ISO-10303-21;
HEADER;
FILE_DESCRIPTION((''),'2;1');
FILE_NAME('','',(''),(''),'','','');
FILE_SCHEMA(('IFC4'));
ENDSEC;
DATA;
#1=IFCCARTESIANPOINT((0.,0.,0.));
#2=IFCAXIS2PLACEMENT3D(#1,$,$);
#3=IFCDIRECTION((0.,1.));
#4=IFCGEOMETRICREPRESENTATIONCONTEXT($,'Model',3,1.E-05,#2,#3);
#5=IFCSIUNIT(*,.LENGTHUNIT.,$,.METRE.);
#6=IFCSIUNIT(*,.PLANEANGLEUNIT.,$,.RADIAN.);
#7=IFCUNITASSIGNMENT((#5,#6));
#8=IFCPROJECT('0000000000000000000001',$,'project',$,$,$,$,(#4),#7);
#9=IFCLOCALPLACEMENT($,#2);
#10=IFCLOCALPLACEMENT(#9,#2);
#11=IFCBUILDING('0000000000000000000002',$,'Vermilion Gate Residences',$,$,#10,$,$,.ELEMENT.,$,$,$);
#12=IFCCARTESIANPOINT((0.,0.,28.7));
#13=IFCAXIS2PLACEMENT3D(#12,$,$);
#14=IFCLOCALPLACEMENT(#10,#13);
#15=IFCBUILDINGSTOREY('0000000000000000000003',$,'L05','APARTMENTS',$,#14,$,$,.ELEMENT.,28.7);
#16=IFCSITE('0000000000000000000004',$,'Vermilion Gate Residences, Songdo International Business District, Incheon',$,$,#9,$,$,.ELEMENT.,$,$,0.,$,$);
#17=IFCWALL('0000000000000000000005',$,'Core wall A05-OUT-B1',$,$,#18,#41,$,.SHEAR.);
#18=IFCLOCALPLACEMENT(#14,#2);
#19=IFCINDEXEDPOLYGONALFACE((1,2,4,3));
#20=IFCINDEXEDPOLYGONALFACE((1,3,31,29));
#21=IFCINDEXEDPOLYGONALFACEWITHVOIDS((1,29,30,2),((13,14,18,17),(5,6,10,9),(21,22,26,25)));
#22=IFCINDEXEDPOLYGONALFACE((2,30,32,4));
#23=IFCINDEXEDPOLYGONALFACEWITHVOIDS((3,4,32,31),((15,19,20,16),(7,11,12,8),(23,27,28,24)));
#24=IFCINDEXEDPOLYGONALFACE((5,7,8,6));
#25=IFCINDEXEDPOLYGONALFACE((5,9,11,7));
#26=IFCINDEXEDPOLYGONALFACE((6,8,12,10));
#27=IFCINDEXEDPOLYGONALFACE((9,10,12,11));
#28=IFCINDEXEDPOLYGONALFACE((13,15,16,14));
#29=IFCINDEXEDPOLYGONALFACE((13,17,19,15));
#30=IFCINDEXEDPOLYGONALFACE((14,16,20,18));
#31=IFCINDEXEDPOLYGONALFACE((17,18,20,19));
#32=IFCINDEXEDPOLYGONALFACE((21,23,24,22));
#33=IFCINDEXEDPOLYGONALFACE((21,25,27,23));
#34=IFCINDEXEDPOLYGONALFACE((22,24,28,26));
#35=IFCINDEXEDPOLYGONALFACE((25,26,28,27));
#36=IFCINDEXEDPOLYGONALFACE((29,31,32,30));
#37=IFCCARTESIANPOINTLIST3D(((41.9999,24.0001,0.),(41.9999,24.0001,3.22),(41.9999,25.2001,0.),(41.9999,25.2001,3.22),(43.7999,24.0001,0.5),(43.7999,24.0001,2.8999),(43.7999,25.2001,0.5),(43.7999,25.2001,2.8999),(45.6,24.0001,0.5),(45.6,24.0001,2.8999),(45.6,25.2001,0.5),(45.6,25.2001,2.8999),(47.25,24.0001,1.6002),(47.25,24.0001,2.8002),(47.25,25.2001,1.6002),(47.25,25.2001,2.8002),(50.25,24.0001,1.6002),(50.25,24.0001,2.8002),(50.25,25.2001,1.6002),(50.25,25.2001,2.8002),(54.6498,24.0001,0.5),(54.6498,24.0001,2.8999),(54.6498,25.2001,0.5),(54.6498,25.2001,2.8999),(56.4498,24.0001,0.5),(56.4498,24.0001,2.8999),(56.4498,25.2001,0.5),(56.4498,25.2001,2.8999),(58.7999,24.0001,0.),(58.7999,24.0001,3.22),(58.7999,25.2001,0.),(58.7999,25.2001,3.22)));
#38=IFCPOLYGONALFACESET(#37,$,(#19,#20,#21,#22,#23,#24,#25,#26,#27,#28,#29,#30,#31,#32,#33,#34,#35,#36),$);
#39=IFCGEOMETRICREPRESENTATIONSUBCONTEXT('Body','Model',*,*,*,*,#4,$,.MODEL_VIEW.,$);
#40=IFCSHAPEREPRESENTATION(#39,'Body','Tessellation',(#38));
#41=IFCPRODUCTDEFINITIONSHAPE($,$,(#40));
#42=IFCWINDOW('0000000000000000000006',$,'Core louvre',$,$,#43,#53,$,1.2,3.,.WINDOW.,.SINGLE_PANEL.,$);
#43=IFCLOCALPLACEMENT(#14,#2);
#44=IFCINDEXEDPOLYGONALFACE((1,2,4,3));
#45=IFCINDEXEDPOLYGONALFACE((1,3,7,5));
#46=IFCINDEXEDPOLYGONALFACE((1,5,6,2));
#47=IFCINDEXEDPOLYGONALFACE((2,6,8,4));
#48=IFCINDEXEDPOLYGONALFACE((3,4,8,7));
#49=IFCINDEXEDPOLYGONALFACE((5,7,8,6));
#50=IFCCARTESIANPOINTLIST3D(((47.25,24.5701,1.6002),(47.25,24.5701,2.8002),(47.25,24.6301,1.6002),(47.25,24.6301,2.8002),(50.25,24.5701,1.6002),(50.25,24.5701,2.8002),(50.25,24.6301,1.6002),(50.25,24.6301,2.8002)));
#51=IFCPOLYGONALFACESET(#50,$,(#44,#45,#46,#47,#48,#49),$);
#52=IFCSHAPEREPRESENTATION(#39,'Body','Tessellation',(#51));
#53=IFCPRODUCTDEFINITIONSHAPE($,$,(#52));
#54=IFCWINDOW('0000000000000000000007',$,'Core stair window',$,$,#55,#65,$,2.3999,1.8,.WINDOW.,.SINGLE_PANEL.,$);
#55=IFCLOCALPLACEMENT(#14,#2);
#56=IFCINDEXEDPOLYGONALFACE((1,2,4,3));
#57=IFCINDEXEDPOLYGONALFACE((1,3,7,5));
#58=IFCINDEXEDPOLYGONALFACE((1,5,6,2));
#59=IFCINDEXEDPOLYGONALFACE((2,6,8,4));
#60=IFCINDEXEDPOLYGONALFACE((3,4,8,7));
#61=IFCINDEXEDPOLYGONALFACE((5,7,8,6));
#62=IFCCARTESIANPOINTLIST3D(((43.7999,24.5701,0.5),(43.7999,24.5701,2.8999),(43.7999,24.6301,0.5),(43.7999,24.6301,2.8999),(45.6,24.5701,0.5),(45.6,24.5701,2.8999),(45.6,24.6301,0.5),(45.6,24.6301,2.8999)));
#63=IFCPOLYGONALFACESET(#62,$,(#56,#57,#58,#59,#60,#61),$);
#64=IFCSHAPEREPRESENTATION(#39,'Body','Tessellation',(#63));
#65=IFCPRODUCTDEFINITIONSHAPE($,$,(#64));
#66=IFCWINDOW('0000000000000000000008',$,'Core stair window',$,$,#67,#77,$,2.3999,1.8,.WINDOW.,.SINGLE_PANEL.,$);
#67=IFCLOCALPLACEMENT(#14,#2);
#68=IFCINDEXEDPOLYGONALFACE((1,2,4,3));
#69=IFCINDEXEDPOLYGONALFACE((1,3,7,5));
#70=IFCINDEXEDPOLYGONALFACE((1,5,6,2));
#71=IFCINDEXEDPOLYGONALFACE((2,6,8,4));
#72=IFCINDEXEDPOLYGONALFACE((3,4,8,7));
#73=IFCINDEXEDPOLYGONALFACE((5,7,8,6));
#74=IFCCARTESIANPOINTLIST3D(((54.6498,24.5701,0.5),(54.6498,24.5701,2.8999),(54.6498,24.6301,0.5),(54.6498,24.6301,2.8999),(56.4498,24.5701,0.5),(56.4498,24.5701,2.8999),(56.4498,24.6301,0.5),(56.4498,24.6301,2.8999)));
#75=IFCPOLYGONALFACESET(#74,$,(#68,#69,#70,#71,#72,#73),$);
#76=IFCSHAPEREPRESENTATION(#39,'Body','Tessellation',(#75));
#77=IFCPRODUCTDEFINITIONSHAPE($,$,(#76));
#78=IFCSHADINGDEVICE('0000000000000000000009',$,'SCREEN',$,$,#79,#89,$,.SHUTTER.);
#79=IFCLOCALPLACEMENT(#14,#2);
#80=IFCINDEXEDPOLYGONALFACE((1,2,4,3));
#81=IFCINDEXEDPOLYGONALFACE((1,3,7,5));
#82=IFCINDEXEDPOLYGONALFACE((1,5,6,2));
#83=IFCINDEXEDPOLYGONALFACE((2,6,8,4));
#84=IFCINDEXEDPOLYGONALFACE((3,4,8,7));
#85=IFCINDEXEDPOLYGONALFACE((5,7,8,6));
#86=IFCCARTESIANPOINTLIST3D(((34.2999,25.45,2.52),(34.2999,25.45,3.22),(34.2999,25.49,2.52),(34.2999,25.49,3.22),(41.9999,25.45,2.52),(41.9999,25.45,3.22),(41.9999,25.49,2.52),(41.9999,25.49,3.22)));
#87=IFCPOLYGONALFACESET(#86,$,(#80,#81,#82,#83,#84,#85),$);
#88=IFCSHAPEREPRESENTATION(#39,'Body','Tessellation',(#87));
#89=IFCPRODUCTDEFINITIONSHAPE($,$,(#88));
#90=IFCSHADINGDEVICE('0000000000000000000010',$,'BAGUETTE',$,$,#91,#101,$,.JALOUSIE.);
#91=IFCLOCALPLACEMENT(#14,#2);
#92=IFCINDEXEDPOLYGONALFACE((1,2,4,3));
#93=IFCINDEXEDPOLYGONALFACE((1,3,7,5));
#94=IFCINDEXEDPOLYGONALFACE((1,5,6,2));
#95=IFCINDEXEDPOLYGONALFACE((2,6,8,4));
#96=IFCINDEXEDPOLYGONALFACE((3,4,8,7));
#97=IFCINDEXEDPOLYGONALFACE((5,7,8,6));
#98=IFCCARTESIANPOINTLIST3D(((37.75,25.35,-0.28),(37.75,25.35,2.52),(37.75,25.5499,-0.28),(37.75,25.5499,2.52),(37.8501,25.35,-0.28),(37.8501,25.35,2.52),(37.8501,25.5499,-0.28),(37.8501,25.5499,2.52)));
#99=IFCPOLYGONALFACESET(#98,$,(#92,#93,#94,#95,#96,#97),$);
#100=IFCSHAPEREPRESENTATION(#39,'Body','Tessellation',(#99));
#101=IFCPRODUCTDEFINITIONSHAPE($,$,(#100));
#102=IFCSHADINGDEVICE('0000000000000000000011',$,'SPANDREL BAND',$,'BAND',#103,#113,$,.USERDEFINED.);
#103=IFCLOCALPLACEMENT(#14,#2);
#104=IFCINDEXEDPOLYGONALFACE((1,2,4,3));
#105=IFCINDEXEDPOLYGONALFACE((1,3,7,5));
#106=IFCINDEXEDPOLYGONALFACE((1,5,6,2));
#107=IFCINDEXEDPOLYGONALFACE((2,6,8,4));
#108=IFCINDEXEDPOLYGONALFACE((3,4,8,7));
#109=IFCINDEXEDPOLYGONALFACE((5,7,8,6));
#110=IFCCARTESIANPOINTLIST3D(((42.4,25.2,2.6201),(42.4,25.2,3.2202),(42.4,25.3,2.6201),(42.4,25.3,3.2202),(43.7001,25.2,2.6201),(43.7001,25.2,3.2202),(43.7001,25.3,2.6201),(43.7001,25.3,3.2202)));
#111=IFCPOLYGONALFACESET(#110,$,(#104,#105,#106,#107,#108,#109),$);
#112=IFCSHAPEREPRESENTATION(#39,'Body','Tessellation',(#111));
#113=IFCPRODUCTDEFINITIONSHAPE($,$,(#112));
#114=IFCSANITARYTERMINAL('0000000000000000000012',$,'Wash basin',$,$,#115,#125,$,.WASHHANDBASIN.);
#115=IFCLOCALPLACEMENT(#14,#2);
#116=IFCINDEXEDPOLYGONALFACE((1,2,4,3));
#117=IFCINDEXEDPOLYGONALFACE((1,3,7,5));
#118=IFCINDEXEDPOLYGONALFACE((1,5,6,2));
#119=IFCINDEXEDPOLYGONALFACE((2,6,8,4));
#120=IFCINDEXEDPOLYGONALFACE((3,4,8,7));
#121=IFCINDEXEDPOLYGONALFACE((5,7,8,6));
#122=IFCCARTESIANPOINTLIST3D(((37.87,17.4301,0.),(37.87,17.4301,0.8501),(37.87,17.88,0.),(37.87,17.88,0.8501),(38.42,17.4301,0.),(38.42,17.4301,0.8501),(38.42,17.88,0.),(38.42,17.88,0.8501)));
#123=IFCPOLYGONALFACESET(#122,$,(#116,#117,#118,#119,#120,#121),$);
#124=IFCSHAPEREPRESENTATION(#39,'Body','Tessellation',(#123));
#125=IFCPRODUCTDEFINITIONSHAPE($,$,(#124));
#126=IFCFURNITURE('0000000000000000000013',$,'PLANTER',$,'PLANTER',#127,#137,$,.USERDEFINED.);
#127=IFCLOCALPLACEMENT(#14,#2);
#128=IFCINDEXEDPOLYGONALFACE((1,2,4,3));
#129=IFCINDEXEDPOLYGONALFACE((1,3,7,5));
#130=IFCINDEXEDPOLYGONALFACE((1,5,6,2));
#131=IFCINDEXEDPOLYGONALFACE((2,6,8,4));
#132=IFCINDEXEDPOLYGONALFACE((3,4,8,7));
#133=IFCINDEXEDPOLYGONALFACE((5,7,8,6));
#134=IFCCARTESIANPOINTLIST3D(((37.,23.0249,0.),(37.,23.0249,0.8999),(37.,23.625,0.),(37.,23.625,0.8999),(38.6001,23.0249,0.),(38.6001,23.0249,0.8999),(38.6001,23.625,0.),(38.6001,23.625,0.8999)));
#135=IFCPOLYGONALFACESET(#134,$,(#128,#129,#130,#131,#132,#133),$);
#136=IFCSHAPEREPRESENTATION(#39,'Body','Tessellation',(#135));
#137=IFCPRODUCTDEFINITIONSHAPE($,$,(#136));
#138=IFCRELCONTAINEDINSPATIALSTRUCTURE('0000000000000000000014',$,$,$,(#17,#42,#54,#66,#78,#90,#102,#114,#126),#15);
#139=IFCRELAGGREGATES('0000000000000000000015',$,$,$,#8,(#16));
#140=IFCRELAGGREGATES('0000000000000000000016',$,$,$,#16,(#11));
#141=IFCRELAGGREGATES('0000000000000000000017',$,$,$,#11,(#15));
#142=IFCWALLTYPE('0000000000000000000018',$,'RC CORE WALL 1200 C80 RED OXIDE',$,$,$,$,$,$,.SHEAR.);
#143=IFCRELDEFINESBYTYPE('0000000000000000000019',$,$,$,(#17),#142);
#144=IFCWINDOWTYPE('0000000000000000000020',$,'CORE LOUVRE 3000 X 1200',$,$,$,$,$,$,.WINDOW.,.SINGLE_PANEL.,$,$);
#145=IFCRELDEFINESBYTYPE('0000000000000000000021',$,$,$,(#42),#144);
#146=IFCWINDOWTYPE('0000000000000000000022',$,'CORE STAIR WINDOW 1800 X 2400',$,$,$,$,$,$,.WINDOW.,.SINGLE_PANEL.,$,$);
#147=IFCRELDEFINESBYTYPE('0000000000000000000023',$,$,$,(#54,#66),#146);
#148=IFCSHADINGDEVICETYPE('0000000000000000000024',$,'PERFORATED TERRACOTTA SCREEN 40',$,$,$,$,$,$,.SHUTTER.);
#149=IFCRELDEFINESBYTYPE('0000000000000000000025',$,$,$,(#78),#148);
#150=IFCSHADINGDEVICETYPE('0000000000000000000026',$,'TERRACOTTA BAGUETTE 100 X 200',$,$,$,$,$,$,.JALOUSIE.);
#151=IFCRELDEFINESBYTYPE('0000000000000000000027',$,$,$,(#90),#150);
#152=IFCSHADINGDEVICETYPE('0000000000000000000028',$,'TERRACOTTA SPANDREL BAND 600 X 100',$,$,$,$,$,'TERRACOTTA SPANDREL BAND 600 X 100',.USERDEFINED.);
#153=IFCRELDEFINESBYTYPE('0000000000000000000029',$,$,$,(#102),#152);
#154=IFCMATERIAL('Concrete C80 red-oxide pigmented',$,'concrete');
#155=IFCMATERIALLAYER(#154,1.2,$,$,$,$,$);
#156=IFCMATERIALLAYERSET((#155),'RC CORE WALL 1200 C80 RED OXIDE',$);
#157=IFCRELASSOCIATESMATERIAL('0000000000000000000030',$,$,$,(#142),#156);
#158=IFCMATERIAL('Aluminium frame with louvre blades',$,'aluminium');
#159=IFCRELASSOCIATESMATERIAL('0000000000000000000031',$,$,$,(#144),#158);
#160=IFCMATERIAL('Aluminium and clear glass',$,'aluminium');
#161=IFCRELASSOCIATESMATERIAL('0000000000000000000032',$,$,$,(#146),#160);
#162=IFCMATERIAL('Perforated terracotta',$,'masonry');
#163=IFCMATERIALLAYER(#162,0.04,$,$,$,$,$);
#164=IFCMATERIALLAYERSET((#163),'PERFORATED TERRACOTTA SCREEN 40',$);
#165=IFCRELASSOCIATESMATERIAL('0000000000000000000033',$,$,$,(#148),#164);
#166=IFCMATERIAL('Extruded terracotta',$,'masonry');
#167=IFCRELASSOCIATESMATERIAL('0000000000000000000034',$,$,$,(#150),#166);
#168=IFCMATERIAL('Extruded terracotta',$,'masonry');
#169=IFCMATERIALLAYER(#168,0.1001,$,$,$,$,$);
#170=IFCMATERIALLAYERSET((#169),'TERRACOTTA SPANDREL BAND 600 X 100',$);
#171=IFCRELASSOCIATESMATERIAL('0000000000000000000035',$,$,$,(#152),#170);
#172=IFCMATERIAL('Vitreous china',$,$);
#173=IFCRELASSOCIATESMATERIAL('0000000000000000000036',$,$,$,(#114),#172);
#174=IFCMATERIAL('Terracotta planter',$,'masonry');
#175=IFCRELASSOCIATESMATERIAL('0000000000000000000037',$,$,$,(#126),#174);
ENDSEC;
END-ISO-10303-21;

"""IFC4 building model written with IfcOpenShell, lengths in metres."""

from ifc_helpers import new_model, si_unit, direction, frame, frame_2d, origin, origin_2d, place, context, subcontext, project, spatial, rectangle, extrude, material, layer, layer_set, material_profile, profile_set, type_object, element, fill, save


model = new_model("IFC4")

# Units and contexts
model_context = context("Model", 3, precision=1e-05, world=origin(), true_north=direction((0.0, 1.0)))
body_context = subcontext(model_context, "Body", "Model", "MODEL_VIEW")
ifc_project = project(units=[si_unit("LENGTHUNIT", "METRE"), si_unit("PLANEANGLEUNIT", "RADIAN")], contexts=[model_context])

# Site, building, storey
site_placement = place(None, origin())
site = spatial("IfcSite", under=ifc_project, at=site_placement, Name="Vermilion Gate Residences, Songdo International Business District, Incheon", CompositionType="ELEMENT", RefElevation=0.0)
building_placement = place(site_placement, origin())
building = spatial("IfcBuilding", under=site, at=building_placement, Name="Vermilion Gate Residences", CompositionType="ELEMENT")
storey_placement = place(building_placement, frame((0.0, 0.0, 28.7)))
storey = spatial("IfcBuildingStorey", under=building, at=storey_placement, Name="L05", Description="APARTMENTS", CompositionType="ELEMENT", Elevation=28.7)

# Wall, openings, windows
ifc_material_1 = material(Name="Concrete C80 red-oxide pigmented", Category="concrete")
ifc_layer_1 = layer(ifc_material_1, 1.2)
ifc_layer_set_1 = layer_set([ifc_layer_1], Name="RC CORE WALL 1200 C80 RED OXIDE")
wall_type_1 = type_object("IfcWallType", Name="RC CORE WALL 1200 C80 RED OXIDE", PredefinedType="SHEAR", material=ifc_layer_set_1)
wall_1_placement = place(storey_placement, frame((42.0, 24.6001, 0.0), z_axis=(0.0, 0.0, 1.0), x_axis=(1.0, 0.0, 0.0)))
wall_1 = element("IfcWall", 1, at=wall_1_placement, inside=storey, type_object=wall_type_1, Name="Core wall A05-OUT-B1", PredefinedType="SHEAR", context=body_context, shape_type="SweptSolid", body=[
    extrude(rectangle(XDim=16.8, YDim=1.2, at=frame_2d((8.3999, 0.0))), origin(), (0.0, 0.0, 1.0), 3.22),
])
opening_1_placement = place(wall_1_placement, frame((1.8, 0.0, 0.5)))
opening_1 = element("IfcOpeningElement", 2, at=opening_1_placement, cuts=wall_1, PredefinedType="OPENING", context=body_context, shape_type="SweptSolid", body=[
    extrude(rectangle(XDim=1.8, YDim=2.3999, at=frame_2d((0.8999, 1.2))), frame((0.0, 0.6099, 0.0), z_axis=(0.0, -1.0, 0.0), x_axis=(1.0, 0.0, 0.0)), (0.0, 0.0, 1.0), 1.22),
])
opening_2_placement = place(wall_1_placement, frame((5.25, 0.0, 1.6001)))
opening_2 = element("IfcOpeningElement", 3, at=opening_2_placement, cuts=wall_1, PredefinedType="OPENING", context=body_context, shape_type="SweptSolid", body=[
    extrude(rectangle(XDim=3.0, YDim=1.2, at=frame_2d((1.5, 0.6001))), frame((0.0, 0.6099, 0.0), z_axis=(0.0, -1.0, 0.0), x_axis=(1.0, 0.0, 0.0)), (0.0, 0.0, 1.0), 1.22),
])
opening_3_placement = place(wall_1_placement, frame((12.6499, 0.0, 0.5)))
opening_3 = element("IfcOpeningElement", 4, at=opening_3_placement, cuts=wall_1, PredefinedType="OPENING", context=body_context, shape_type="SweptSolid", body=[
    extrude(rectangle(XDim=1.8, YDim=2.3999, at=frame_2d((0.8999, 1.2))), frame((0.0, 0.6099, 0.0), z_axis=(0.0, -1.0, 0.0), x_axis=(1.0, 0.0, 0.0)), (0.0, 0.0, 1.0), 1.22),
])
ifc_material_2 = material(Name="Aluminium frame with louvre blades", Category="aluminium")
window_type_1 = type_object("IfcWindowType", Name="CORE LOUVRE 3000 X 1200", PartitioningType="SINGLE_PANEL", PredefinedType="WINDOW", material=ifc_material_2)
window_1_placement = place(opening_2_placement, origin())
window_1 = element("IfcWindow", 5, at=window_1_placement, inside=storey, type_object=window_type_1, Name="Core louvre", OverallHeight=1.2, OverallWidth=3.0, PartitioningType="SINGLE_PANEL", PredefinedType="WINDOW", context=body_context, shape_type="SweptSolid", body=[
    extrude(rectangle(XDim=3.0, YDim=1.2, at=frame_2d((1.5, 0.6001))), frame((0.0, 0.03, 0.0), z_axis=(0.0, -1.0, 0.0), x_axis=(1.0, 0.0, 0.0)), (0.0, 0.0, 1.0), 0.0601),
])
fill(opening_2, window_1)
ifc_material_3 = material(Name="Aluminium and clear glass", Category="aluminium")
window_type_2 = type_object("IfcWindowType", Name="CORE STAIR WINDOW 1800 X 2400", PartitioningType="SINGLE_PANEL", PredefinedType="WINDOW", material=ifc_material_3)
window_2_placement = place(opening_1_placement, origin())
window_2 = element("IfcWindow", 6, at=window_2_placement, inside=storey, type_object=window_type_2, Name="Core stair window", OverallHeight=2.3999, OverallWidth=1.8, PartitioningType="SINGLE_PANEL", PredefinedType="WINDOW", context=body_context, shape_type="SweptSolid", body=[
    extrude(rectangle(XDim=1.8, YDim=2.3999, at=frame_2d((0.8999, 1.2))), frame((0.0, 0.03, 0.0), z_axis=(0.0, -1.0, 0.0), x_axis=(1.0, 0.0, 0.0)), (0.0, 0.0, 1.0), 0.0601),
])
fill(opening_1, window_2)
window_3_placement = place(opening_3_placement, origin())
window_3 = element("IfcWindow", 7, at=window_3_placement, inside=storey, type_object=window_type_2, Name="Core stair window", OverallHeight=2.3999, OverallWidth=1.8, PartitioningType="SINGLE_PANEL", PredefinedType="WINDOW", context=body_context, shape_type="SweptSolid", body=[
    extrude(rectangle(XDim=1.8, YDim=2.3999, at=frame_2d((0.8999, 1.2))), frame((0.0, 0.03, 0.0), z_axis=(0.0, -1.0, 0.0), x_axis=(1.0, 0.0, 0.0)), (0.0, 0.0, 1.0), 0.0601),
])
fill(opening_3, window_3)

# Shading devices
ifc_material_4 = material(Name="Perforated terracotta", Category="masonry")
ifc_layer_2 = layer(ifc_material_4, 0.04)
ifc_layer_set_2 = layer_set([ifc_layer_2], Name="PERFORATED TERRACOTTA SCREEN 40")
shading_device_type_1 = type_object("IfcShadingDeviceType", Name="PERFORATED TERRACOTTA SCREEN 40", PredefinedType="SHUTTER", material=ifc_layer_set_2)
shading_device_1_placement = place(storey_placement, frame((38.1499, 25.47, 2.52), z_axis=(0.0, 0.0, 1.0), x_axis=(-1.0, 0.0, 0.0)))
element("IfcShadingDevice", 8, at=shading_device_1_placement, inside=storey, type_object=shading_device_type_1, Name="SCREEN", PredefinedType="SHUTTER", context=body_context, shape_type="SweptSolid", body=[
    extrude(rectangle(XDim=7.7, YDim=0.04, at=origin_2d()), origin(), (0.0, 0.0, 1.0), 0.7),
])
ifc_material_5 = material(Name="Extruded terracotta", Category="masonry")
ifc_material_profile_1 = material_profile(ifc_material_5, rectangle(XDim=0.2, YDim=0.1001, at=origin_2d()), Name="BAGUETTE 100 X 200")
ifc_profile_set_1 = profile_set([ifc_material_profile_1], Name="Extruded terracotta")
shading_device_type_2 = type_object("IfcShadingDeviceType", Name="TERRACOTTA BAGUETTE 100 X 200", PredefinedType="JALOUSIE", material=ifc_profile_set_1)
shading_device_2_placement = place(storey_placement, frame((37.8, 25.45, -0.28), z_axis=(0.0, 0.0, 1.0), x_axis=(0.0, -1.0, 0.0)))
element("IfcShadingDevice", 9, at=shading_device_2_placement, inside=storey, type_object=shading_device_type_2, Name="BAGUETTE", PredefinedType="JALOUSIE", context=body_context, shape_type="SweptSolid", body=[
    extrude(rectangle(XDim=0.2, YDim=0.1001, at=origin_2d()), origin(), (0.0, 0.0, 1.0), 2.8),
])
ifc_material_6 = material(Name="Extruded terracotta", Category="masonry")
ifc_layer_3 = layer(ifc_material_6, 0.1001)
ifc_layer_set_3 = layer_set([ifc_layer_3], Name="TERRACOTTA SPANDREL BAND 600 X 100")
shading_device_type_3 = type_object("IfcShadingDeviceType", Name="TERRACOTTA SPANDREL BAND 600 X 100", ElementType="TERRACOTTA SPANDREL BAND 600 X 100", PredefinedType="USERDEFINED", material=ifc_layer_set_3)
shading_device_3_placement = place(storey_placement, frame((43.05, 25.25, 2.6201), z_axis=(0.0, 0.0, 1.0), x_axis=(1.0, 0.0, 0.0)))
element("IfcShadingDevice", 10, at=shading_device_3_placement, inside=storey, type_object=shading_device_type_3, Name="SPANDREL BAND", ObjectType="BAND", PredefinedType="USERDEFINED", context=body_context, shape_type="SweptSolid", body=[
    extrude(rectangle(XDim=1.3, YDim=0.1001, at=origin_2d()), origin(), (0.0, 0.0, 1.0), 0.6001),
])

# Sanitary terminal
ifc_material_7 = material(Name="Vitreous china")
sanitary_terminal_placement = place(storey_placement, frame((38.145, 17.655, 0.0), z_axis=(0.0, 0.0, 1.0), x_axis=(1.0, 0.0, 0.0)))
element("IfcSanitaryTerminal", 11, at=sanitary_terminal_placement, inside=storey, material=ifc_material_7, Name="Wash basin", PredefinedType="WASHHANDBASIN", context=body_context, shape_type="SweptSolid", body=[
    extrude(rectangle(XDim=0.55, YDim=0.45, at=origin_2d()), origin(), (0.0, 0.0, 1.0), 0.8501),
])

# Furniture
ifc_material_8 = material(Name="Terracotta planter", Category="masonry")
furniture_placement = place(storey_placement, frame((37.8, 23.325, 0.0), z_axis=(0.0, 0.0, 1.0), x_axis=(-1.0, 0.0, 0.0)))
element("IfcFurniture", 12, at=furniture_placement, inside=storey, material=ifc_material_8, Name="PLANTER", ObjectType="PLANTER", PredefinedType="USERDEFINED", context=body_context, shape_type="SweptSolid", body=[
    extrude(rectangle(XDim=1.6001, YDim=0.6001, at=origin_2d()), origin(), (0.0, 0.0, 1.0), 0.8999),
])

save(model, "model.ifc")
